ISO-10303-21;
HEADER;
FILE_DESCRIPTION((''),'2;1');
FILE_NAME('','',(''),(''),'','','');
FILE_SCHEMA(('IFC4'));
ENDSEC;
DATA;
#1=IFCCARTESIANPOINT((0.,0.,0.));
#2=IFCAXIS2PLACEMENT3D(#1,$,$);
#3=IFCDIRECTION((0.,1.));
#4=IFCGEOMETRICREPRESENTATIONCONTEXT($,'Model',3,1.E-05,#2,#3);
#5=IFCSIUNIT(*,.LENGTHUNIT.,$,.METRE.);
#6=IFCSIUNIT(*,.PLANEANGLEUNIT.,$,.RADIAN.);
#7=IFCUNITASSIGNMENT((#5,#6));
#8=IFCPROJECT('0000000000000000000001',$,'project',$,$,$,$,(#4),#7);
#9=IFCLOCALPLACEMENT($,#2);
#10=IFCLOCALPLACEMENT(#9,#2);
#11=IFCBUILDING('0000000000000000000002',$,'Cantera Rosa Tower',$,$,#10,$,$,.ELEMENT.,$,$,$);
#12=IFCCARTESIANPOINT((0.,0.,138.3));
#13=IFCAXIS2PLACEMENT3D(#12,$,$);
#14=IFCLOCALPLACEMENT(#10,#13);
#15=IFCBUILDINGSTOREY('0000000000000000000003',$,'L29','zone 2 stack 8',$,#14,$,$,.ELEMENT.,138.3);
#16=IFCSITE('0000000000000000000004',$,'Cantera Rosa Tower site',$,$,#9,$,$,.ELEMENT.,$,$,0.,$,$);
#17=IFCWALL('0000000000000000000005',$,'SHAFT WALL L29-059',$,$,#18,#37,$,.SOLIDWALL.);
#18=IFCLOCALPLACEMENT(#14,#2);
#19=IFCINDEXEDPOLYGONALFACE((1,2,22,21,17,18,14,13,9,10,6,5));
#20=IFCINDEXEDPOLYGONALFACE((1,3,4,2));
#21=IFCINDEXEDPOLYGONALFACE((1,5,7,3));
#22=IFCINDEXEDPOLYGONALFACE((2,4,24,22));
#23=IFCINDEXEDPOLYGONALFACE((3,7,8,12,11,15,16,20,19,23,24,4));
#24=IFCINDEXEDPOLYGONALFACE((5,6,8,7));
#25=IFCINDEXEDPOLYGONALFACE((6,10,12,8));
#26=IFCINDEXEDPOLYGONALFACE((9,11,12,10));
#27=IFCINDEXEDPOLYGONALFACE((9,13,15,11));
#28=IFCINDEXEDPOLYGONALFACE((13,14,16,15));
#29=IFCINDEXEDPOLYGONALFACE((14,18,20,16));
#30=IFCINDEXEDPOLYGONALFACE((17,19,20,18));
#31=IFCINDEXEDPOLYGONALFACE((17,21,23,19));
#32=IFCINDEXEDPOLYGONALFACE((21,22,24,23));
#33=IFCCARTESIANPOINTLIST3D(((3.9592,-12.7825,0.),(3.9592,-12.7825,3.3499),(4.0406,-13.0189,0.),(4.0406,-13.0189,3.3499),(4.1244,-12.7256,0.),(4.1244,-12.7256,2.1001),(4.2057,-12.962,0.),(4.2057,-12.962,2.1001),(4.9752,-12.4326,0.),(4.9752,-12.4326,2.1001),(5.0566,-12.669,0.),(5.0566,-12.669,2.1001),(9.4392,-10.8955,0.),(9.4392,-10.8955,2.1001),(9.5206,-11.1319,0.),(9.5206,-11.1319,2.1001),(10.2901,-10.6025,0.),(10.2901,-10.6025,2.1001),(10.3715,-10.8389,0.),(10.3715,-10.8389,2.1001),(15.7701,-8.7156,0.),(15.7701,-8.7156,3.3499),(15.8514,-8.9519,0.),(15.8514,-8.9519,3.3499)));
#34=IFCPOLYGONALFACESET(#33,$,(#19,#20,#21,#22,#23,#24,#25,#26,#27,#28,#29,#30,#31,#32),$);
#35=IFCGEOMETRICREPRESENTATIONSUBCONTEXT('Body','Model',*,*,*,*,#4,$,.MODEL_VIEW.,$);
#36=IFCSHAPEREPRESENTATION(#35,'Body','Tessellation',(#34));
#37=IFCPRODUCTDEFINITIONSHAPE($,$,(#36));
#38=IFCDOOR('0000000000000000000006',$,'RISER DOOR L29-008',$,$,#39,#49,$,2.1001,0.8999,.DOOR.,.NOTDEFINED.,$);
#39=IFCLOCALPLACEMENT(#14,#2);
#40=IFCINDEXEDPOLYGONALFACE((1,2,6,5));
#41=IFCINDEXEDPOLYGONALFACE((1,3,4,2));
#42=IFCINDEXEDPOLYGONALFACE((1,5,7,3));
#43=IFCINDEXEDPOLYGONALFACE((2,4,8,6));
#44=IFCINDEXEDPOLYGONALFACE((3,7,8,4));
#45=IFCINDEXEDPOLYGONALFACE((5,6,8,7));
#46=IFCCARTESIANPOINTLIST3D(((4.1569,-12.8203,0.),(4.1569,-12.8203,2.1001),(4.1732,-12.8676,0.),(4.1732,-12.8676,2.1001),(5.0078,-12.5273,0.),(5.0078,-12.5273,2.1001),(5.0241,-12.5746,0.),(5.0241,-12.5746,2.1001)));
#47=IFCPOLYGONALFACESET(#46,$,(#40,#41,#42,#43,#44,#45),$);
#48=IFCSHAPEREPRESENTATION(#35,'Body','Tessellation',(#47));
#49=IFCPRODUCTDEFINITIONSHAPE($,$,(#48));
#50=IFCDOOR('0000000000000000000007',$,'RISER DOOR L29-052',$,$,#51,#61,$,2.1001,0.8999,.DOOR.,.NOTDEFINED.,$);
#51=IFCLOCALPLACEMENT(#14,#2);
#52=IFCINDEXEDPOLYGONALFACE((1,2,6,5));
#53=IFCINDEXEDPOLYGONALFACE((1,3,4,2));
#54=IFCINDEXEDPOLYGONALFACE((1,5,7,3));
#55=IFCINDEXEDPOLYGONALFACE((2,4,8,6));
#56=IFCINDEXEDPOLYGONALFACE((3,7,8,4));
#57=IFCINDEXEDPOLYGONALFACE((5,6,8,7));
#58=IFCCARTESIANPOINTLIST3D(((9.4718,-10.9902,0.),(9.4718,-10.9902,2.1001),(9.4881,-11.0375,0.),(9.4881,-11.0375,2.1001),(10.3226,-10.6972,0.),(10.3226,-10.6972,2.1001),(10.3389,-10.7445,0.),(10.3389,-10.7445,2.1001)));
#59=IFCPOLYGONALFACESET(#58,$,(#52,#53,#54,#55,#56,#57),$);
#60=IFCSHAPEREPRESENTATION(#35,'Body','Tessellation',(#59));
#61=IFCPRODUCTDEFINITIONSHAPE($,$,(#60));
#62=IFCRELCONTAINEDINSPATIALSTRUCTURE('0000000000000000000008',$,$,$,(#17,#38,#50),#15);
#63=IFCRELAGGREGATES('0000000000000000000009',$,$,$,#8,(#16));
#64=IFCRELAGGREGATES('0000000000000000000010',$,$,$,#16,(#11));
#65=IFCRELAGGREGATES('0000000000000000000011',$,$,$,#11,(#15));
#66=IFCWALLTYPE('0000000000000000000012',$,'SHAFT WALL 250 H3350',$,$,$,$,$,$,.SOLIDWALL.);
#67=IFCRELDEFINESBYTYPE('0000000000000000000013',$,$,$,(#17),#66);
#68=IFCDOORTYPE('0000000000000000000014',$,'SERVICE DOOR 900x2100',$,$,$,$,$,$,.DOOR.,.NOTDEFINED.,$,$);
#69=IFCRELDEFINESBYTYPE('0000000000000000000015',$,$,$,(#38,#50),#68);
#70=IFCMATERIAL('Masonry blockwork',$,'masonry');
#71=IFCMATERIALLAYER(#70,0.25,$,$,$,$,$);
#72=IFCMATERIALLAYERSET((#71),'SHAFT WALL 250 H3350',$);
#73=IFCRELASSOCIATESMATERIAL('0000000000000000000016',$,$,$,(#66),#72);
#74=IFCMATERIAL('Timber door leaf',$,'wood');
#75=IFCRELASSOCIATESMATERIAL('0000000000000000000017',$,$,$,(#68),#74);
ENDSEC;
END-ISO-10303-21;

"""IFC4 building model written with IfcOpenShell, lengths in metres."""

from ifc_helpers import new_model, si_unit, direction, frame, frame_2d, origin, place, context, subcontext, project, spatial, rectangle, extrude, material, layer, layer_set, type_object, element, fill, save


model = new_model("IFC4")

# Units and contexts
model_context = context("Model", 3, precision=1e-05, world=origin(), true_north=direction((0.0, 1.0)))
body_context = subcontext(model_context, "Body", "Model", "MODEL_VIEW")
ifc_project = project(units=[si_unit("LENGTHUNIT", "METRE"), si_unit("PLANEANGLEUNIT", "RADIAN")], contexts=[model_context])

# Site, building, storey
site_placement = place(None, origin())
site = spatial("IfcSite", under=ifc_project, at=site_placement, Name="Cantera Rosa Tower site", CompositionType="ELEMENT", RefElevation=0.0)
building_placement = place(site_placement, origin())
building = spatial("IfcBuilding", under=site, at=building_placement, Name="Cantera Rosa Tower", CompositionType="ELEMENT")
storey_placement = place(building_placement, frame((0.0, 0.0, 138.3)))
storey = spatial("IfcBuildingStorey", under=building, at=storey_placement, Name="L29", Description="zone 2 stack 8", CompositionType="ELEMENT", Elevation=138.3)

# Shared definitions
ifc_material_1 = material(Name="Masonry blockwork", Category="masonry")
ifc_layer_1 = layer(ifc_material_1, 0.25)
ifc_layer_set_1 = layer_set([ifc_layer_1], Name="SHAFT WALL 250 H3350")
wall_type_1 = type_object("IfcWallType", Name="SHAFT WALL 250 H3350", PredefinedType="SOLIDWALL", material=ifc_layer_set_1)

# Wall, openings, doors
wall_1_placement = place(storey_placement, frame((4.0, -12.9006, 0.0), z_axis=(0.0, 0.0, 1.0), x_axis=(0.945516, 0.325576, 0.0)))
wall_1 = element("IfcWall", 1, at=wall_1_placement, inside=storey, type_object=wall_type_1, Name="SHAFT WALL L29-059", PredefinedType="SOLIDWALL", context=body_context, shape_type="SweptSolid", body=[
    extrude(rectangle(XDim=12.4915, YDim=0.25, at=frame_2d((6.2456, 0.0))), origin(), (0.0, 0.0, 1.0), 3.3499),
])
opening_1_placement = place(wall_1_placement, frame((0.1746, 0.0, 0.0)))
opening_1 = element("IfcOpeningElement", 2, at=opening_1_placement, cuts=wall_1, PredefinedType="OPENING", context=body_context, shape_type="SweptSolid", body=[
    extrude(rectangle(XDim=0.8999, YDim=2.1001, at=frame_2d((0.45, 1.05))), frame((0.0, 0.135, 0.0), z_axis=(0.0, -1.0, 0.0), x_axis=(1.0, 0.0, 0.0)), (0.0, 0.0, 1.0), 0.27),
])
opening_2_placement = place(wall_1_placement, frame((5.7957, 0.0, 0.0)))
opening_2 = element("IfcOpeningElement", 3, at=opening_2_placement, cuts=wall_1, PredefinedType="OPENING", context=body_context, shape_type="SweptSolid", body=[
    extrude(rectangle(XDim=0.8999, YDim=2.1001, at=frame_2d((0.45, 1.05))), frame((0.0, 0.135, 0.0), z_axis=(0.0, -1.0, 0.0), x_axis=(1.0, 0.0, 0.0)), (0.0, 0.0, 1.0), 0.27),
])
ifc_material_2 = material(Name="Timber door leaf", Category="wood")
door_type_1 = type_object("IfcDoorType", Name="SERVICE DOOR 900x2100", OperationType="NOTDEFINED", PredefinedType="DOOR", material=ifc_material_2)
door_1_placement = place(opening_1_placement, origin())
door_1 = element("IfcDoor", 4, at=door_1_placement, inside=storey, type_object=door_type_1, Name="RISER DOOR L29-008", OperationType="NOTDEFINED", OverallHeight=2.1001, OverallWidth=0.8999, PredefinedType="DOOR", context=body_context, shape_type="SweptSolid", body=[
    extrude(rectangle(XDim=0.8999, YDim=2.1001, at=frame_2d((0.45, 1.05))), frame((0.0, 0.0249, 0.0), z_axis=(0.0, -1.0, 0.0), x_axis=(1.0, 0.0, 0.0)), (0.0, 0.0, 1.0), 0.05),
])
fill(opening_1, door_1)
door_2_placement = place(opening_2_placement, origin())
door_2 = element("IfcDoor", 5, at=door_2_placement, inside=storey, type_object=door_type_1, Name="RISER DOOR L29-052", OperationType="NOTDEFINED", OverallHeight=2.1001, OverallWidth=0.8999, PredefinedType="DOOR", context=body_context, shape_type="SweptSolid", body=[
    extrude(rectangle(XDim=0.8999, YDim=2.1001, at=frame_2d((0.45, 1.05))), frame((0.0, 0.0249, 0.0), z_axis=(0.0, -1.0, 0.0), x_axis=(1.0, 0.0, 0.0)), (0.0, 0.0, 1.0), 0.05),
])
fill(opening_2, door_2)

save(model, "model.ifc")
